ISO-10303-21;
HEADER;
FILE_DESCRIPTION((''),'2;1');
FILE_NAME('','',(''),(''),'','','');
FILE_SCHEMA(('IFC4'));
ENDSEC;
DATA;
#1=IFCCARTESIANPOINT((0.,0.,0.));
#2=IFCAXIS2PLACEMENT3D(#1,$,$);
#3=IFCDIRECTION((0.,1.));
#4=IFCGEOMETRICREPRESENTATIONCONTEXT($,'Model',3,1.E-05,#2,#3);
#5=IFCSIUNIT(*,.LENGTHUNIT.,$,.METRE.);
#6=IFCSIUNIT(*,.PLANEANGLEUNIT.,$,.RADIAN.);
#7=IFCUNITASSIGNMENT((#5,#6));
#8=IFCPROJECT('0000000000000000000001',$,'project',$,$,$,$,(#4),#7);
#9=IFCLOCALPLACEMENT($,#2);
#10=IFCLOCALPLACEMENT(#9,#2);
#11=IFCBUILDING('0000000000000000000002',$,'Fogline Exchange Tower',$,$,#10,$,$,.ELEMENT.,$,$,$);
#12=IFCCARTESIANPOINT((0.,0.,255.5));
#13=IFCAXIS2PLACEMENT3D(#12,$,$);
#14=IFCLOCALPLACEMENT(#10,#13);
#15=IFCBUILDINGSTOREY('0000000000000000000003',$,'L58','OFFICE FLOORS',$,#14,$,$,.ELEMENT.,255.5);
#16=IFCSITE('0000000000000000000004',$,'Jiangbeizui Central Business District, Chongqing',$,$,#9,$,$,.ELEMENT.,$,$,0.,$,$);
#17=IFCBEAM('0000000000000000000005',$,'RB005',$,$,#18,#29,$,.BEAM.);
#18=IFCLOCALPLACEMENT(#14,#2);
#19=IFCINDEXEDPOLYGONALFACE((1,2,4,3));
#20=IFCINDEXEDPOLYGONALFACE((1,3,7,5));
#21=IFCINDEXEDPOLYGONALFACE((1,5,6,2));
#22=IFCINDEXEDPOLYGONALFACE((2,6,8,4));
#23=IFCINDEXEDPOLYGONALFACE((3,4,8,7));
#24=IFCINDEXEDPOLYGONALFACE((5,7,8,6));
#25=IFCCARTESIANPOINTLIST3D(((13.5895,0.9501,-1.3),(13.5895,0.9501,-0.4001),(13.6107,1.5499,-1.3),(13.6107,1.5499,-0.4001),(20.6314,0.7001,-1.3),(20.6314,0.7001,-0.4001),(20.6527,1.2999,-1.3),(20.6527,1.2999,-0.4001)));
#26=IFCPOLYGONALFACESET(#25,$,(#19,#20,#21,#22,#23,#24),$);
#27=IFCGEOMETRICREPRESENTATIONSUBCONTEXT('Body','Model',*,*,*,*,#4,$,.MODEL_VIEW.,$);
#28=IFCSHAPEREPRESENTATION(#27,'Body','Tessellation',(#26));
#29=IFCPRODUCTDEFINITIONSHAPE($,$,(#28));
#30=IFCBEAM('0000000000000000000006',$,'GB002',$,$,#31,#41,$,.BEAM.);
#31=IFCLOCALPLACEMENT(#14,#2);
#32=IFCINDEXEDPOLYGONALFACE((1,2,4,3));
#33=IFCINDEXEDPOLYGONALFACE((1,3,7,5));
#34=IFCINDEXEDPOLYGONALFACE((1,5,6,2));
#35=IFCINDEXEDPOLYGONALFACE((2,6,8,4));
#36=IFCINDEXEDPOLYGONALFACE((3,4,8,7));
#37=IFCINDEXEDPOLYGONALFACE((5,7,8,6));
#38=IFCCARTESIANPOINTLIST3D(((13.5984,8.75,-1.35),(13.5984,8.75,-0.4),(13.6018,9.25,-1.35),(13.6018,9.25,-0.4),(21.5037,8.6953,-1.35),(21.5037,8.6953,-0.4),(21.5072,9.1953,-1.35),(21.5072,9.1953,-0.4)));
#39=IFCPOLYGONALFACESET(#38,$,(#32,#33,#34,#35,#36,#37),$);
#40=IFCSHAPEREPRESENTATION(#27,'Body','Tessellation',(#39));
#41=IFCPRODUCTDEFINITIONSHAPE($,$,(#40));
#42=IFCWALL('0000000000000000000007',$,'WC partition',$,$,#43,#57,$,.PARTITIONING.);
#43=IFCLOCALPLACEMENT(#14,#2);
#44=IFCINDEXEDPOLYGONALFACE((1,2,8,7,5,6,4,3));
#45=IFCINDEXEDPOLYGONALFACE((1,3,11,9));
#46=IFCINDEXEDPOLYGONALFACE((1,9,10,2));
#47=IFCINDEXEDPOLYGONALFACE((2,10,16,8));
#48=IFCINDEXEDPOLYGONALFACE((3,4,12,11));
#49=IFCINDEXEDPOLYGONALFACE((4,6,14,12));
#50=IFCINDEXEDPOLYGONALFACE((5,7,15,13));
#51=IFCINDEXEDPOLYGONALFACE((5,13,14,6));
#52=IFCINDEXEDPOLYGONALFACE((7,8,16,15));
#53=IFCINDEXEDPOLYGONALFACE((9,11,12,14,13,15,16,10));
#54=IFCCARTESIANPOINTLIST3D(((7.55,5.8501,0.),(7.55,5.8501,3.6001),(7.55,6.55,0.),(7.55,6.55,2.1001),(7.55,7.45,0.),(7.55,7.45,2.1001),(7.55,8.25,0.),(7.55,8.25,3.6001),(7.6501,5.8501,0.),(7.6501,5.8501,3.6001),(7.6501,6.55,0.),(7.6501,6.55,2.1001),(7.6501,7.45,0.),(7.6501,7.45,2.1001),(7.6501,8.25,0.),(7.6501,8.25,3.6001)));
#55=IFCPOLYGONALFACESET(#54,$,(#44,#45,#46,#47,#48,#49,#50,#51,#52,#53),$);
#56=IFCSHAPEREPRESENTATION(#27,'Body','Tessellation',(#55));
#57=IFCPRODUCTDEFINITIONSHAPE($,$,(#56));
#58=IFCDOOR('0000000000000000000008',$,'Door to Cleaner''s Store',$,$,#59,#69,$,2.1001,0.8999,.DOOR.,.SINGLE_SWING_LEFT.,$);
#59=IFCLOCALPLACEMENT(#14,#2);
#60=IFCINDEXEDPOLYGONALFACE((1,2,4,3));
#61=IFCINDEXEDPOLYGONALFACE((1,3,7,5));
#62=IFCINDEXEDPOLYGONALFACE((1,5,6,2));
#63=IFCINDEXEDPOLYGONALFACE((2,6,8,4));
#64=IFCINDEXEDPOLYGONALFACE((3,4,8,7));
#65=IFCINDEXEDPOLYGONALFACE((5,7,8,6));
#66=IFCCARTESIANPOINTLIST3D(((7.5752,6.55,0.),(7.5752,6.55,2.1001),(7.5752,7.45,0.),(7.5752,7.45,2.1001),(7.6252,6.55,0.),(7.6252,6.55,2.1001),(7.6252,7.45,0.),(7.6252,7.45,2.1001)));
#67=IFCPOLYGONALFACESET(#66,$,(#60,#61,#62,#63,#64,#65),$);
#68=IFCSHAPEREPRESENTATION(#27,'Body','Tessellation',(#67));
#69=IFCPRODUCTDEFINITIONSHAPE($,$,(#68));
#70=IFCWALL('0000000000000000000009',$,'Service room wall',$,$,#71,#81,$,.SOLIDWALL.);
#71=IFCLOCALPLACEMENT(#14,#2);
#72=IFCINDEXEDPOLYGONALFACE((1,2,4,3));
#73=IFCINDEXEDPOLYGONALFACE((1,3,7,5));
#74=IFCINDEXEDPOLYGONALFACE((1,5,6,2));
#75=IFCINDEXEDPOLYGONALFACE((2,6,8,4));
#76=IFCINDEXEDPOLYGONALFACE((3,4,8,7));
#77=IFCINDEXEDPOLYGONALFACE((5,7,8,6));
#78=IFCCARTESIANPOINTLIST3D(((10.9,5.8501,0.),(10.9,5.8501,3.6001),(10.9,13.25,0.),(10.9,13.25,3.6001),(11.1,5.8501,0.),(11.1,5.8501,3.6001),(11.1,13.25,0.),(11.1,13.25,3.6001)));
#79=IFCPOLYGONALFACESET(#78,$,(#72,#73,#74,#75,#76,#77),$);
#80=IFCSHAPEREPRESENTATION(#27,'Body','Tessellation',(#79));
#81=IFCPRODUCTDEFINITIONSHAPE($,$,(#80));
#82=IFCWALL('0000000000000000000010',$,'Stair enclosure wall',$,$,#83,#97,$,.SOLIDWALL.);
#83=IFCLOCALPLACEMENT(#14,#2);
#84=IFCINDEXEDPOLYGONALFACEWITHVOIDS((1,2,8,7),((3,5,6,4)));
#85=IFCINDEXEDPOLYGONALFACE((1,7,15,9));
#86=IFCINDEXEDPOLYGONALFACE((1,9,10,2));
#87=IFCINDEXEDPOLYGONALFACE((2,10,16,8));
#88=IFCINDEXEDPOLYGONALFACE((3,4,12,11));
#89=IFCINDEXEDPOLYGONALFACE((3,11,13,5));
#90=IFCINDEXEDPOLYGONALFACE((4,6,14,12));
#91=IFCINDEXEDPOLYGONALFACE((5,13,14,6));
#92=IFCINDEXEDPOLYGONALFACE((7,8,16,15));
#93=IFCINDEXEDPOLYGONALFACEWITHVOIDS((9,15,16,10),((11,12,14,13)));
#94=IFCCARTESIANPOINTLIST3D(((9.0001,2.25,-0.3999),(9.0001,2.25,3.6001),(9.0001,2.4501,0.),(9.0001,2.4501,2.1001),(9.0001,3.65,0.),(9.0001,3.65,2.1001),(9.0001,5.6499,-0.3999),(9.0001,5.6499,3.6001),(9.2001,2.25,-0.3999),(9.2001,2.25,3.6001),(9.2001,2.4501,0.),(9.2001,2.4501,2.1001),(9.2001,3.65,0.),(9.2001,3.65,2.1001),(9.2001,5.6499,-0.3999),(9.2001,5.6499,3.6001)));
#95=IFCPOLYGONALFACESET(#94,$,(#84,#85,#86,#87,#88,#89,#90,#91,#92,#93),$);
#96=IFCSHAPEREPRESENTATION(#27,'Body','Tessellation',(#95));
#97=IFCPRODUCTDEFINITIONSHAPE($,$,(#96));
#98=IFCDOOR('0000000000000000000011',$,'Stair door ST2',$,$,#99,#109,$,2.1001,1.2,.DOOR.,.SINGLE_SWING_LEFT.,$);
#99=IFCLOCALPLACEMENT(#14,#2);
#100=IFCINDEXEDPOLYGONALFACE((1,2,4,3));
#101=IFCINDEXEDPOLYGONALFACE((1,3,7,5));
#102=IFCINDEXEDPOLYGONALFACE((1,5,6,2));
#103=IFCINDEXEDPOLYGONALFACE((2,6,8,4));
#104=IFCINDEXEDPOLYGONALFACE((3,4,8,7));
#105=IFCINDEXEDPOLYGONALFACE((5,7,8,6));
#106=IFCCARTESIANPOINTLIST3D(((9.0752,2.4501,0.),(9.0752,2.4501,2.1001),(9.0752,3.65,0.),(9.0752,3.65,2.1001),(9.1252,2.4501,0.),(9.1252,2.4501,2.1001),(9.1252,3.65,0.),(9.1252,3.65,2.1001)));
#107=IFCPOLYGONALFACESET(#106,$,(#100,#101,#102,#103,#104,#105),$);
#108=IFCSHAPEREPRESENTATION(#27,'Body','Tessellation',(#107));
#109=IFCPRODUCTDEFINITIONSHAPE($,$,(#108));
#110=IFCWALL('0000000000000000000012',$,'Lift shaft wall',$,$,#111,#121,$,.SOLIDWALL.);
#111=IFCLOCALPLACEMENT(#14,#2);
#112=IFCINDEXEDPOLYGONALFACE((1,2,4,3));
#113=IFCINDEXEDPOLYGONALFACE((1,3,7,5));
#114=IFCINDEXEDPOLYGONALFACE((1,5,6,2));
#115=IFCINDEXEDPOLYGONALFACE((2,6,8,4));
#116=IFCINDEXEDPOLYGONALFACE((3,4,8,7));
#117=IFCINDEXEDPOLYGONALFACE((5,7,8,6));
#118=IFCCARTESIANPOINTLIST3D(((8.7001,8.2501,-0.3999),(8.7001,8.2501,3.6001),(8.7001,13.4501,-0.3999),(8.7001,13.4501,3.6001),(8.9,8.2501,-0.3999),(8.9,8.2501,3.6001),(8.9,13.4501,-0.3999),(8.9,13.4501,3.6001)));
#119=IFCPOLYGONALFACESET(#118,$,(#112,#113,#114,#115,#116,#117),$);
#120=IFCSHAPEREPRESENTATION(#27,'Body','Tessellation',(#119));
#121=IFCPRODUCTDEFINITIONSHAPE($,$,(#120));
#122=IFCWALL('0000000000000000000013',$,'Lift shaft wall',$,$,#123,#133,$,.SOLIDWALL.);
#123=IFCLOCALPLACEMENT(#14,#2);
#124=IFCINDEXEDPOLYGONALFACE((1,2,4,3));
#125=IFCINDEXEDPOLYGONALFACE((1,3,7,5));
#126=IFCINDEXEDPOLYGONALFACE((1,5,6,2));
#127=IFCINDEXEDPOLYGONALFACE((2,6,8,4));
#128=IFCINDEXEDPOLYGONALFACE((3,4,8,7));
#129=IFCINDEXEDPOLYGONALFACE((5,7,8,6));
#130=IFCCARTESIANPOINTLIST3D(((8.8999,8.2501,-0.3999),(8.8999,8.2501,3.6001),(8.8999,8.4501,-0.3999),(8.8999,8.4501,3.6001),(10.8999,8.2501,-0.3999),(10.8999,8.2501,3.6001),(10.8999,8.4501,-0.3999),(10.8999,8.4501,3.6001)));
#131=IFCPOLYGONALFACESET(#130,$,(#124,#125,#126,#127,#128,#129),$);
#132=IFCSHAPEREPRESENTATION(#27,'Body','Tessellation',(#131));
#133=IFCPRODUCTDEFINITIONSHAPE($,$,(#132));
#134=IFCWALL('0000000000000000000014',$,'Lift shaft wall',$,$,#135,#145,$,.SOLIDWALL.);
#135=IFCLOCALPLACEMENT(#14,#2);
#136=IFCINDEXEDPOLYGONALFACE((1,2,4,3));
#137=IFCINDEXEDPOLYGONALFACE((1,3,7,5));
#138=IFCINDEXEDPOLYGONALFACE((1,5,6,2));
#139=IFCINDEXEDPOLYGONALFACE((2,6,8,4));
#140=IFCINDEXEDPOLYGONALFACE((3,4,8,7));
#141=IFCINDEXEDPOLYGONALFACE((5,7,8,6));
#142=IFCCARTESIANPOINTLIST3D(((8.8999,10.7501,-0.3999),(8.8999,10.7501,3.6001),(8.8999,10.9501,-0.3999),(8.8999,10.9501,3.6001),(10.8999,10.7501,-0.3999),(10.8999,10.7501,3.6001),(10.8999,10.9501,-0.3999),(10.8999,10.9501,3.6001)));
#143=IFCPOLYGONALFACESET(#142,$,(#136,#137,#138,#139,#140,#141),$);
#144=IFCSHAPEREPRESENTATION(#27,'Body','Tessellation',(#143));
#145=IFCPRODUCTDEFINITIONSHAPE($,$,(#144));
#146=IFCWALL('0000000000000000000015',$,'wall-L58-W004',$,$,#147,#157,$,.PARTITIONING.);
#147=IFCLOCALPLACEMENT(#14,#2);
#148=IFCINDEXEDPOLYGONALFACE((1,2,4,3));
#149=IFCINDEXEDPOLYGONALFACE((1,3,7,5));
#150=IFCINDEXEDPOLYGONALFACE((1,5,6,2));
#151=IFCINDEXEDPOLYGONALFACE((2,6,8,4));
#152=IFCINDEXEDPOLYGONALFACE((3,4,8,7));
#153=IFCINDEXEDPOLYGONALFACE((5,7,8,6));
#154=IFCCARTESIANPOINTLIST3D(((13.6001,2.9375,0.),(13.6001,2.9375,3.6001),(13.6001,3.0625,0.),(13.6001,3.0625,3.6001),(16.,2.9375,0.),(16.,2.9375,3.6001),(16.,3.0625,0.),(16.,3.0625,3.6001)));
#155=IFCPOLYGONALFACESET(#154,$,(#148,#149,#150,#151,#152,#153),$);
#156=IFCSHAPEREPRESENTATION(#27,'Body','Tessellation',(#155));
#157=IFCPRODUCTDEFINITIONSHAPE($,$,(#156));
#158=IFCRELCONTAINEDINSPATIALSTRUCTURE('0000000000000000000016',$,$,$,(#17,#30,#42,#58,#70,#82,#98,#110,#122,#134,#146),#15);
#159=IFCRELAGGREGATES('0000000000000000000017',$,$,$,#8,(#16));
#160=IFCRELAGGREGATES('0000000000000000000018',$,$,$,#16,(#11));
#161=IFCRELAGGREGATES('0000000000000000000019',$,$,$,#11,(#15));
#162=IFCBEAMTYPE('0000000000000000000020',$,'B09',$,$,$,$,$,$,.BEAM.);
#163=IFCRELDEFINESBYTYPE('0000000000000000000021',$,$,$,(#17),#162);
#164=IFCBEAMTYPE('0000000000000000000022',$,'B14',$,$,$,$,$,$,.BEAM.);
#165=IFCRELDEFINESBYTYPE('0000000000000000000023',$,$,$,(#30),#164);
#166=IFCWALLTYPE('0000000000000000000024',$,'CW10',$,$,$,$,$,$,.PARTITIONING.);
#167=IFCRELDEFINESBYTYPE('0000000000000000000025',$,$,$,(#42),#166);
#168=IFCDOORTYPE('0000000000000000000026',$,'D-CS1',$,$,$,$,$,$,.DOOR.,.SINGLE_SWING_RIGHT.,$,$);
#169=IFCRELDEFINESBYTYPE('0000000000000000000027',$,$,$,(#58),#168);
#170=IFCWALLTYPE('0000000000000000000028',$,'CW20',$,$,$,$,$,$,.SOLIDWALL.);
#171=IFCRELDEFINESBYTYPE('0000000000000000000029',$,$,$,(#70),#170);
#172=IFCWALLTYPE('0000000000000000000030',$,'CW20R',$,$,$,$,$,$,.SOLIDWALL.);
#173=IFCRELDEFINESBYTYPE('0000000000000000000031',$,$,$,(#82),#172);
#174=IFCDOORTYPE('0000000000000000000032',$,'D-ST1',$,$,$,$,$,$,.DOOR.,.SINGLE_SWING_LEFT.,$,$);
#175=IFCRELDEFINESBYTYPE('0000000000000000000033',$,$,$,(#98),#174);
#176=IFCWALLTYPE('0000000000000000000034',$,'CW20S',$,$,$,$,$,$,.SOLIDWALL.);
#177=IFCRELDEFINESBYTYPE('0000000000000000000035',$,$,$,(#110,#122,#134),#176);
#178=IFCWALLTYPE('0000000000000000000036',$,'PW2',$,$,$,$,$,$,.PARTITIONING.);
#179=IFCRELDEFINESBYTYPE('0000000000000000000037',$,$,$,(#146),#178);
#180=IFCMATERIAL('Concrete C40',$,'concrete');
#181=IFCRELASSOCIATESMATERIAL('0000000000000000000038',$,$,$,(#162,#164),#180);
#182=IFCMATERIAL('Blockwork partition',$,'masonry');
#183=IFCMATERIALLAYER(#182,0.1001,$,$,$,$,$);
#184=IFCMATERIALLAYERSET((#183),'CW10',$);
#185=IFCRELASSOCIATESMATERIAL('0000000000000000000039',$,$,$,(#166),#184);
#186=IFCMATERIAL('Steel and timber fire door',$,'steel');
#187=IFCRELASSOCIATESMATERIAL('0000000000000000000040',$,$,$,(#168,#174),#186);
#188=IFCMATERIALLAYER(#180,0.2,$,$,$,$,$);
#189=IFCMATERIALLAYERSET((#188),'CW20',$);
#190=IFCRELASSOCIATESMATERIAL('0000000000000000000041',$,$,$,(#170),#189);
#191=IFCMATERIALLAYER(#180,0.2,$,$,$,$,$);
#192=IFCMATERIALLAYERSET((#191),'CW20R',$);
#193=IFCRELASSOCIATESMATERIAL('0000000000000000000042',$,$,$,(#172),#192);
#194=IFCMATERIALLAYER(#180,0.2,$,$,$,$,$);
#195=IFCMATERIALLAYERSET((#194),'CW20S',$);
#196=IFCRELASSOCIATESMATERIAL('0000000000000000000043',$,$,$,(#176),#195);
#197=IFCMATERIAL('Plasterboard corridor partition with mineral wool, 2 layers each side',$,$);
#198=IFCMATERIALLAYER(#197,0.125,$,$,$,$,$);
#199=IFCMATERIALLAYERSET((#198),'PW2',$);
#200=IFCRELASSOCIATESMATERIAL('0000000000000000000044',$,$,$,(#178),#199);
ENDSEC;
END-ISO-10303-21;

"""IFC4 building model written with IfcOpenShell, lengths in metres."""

from ifc_helpers import new_model, si_unit, direction, frame, frame_2d, origin, origin_2d, place, context, subcontext, project, spatial, rectangle, extrude, material, layer, layer_set, material_profile, profile_set, type_object, element, fill, save


model = new_model("IFC4")

# Units and contexts
model_context = context("Model", 3, precision=1e-05, world=origin(), true_north=direction((0.0, 1.0)))
body_context = subcontext(model_context, "Body", "Model", "MODEL_VIEW")
ifc_project = project(units=[si_unit("LENGTHUNIT", "METRE"), si_unit("PLANEANGLEUNIT", "RADIAN")], contexts=[model_context])

# Site, building, storey
site_placement = place(None, origin())
site = spatial("IfcSite", under=ifc_project, at=site_placement, Name="Jiangbeizui Central Business District, Chongqing", CompositionType="ELEMENT", RefElevation=0.0)
building_placement = place(site_placement, origin())
building = spatial("IfcBuilding", under=site, at=building_placement, Name="Fogline Exchange Tower", CompositionType="ELEMENT")
storey_placement = place(building_placement, frame((0.0, 0.0, 255.5)))
storey = spatial("IfcBuildingStorey", under=building, at=storey_placement, Name="L58", Description="OFFICE FLOORS", CompositionType="ELEMENT", Elevation=255.5)

# Beams
ifc_material_1 = material(Name="Concrete C40", Category="concrete")
ifc_material_profile_1 = material_profile(ifc_material_1, rectangle(XDim=0.6001, YDim=0.8999, at=origin_2d()), Name="RC 600x900")
ifc_profile_set_1 = profile_set([ifc_material_profile_1], Name="Concrete C40")
beam_type_1 = type_object("IfcBeamType", Name="B09", PredefinedType="BEAM", material=ifc_profile_set_1)
beam_1_placement = place(storey_placement, frame((13.6001, 1.25, -0.8501), z_axis=(0.99937, -0.035479, 0.0), x_axis=(0.035479, 0.99937, 0.0)))
element("IfcBeam", 1, at=beam_1_placement, inside=storey, type_object=beam_type_1, Name="RB005", PredefinedType="BEAM", context=body_context, shape_type="SweptSolid", body=[
    extrude(rectangle(XDim=0.6001, YDim=0.8999, at=origin_2d()), origin(), (0.0, 0.0, 1.0), 7.0464),
])
ifc_material_profile_2 = material_profile(ifc_material_1, rectangle(XDim=0.5, YDim=0.95, at=origin_2d()), Name="RC 500x950")
ifc_profile_set_2 = profile_set([ifc_material_profile_2], Name="Concrete C40")
beam_type_2 = type_object("IfcBeamType", Name="B14", PredefinedType="BEAM", material=ifc_profile_set_2)
beam_2_placement = place(storey_placement, frame((13.6001, 9.0, -0.875), z_axis=(0.999976, -0.006918, 0.0), x_axis=(0.006918, 0.999976, 0.0)))
element("IfcBeam", 2, at=beam_2_placement, inside=storey, type_object=beam_type_2, Name="GB002", PredefinedType="BEAM", context=body_context, shape_type="SweptSolid", body=[
    extrude(rectangle(XDim=0.5, YDim=0.95, at=origin_2d()), origin(), (0.0, 0.0, 1.0), 7.9055),
])

# Wall, opening, door
ifc_material_2 = material(Name="Blockwork partition", Category="masonry")
ifc_layer_1 = layer(ifc_material_2, 0.1001)
ifc_layer_set_1 = layer_set([ifc_layer_1], Name="CW10")
wall_type_1 = type_object("IfcWallType", Name="CW10", PredefinedType="PARTITIONING", material=ifc_layer_set_1)
wall_1_placement = place(storey_placement, frame((7.6001, 5.8501, 0.0), z_axis=(0.0, 0.0, 1.0), x_axis=(0.0, 1.0, 0.0)))
wall_1 = element("IfcWall", 3, at=wall_1_placement, inside=storey, type_object=wall_type_1, Name="WC partition", PredefinedType="PARTITIONING", context=body_context, shape_type="SweptSolid", body=[
    extrude(rectangle(XDim=2.3999, YDim=0.1001, at=frame_2d((1.2, 0.0))), origin(), (0.0, 0.0, 1.0), 3.6001),
])
opening_1_placement = place(wall_1_placement, frame((0.7, 0.0, 0.0)))
opening_1 = element("IfcOpeningElement", 4, at=opening_1_placement, cuts=wall_1, PredefinedType="OPENING", context=body_context, shape_type="SweptSolid", body=[
    extrude(rectangle(XDim=0.8999, YDim=2.1001, at=frame_2d((0.45, 1.05))), frame((0.0, 0.0601, 0.0), z_axis=(0.0, -1.0, 0.0), x_axis=(1.0, 0.0, 0.0)), (0.0, 0.0, 1.0), 0.1201),
])
ifc_material_3 = material(Name="Steel and timber fire door", Category="steel")
door_type_1 = type_object("IfcDoorType", Name="D-CS1", OperationType="SINGLE_SWING_RIGHT", PredefinedType="DOOR", material=ifc_material_3)
door_1_placement = place(opening_1_placement, origin())
door_1 = element("IfcDoor", 5, at=door_1_placement, inside=storey, type_object=door_type_1, Name="Door to Cleaner's Store", OperationType="SINGLE_SWING_LEFT", OverallHeight=2.1001, OverallWidth=0.8999, PredefinedType="DOOR", context=body_context, shape_type="SweptSolid", body=[
    extrude(rectangle(XDim=0.8999, YDim=2.1001, at=frame_2d((0.45, 1.05))), frame((0.0, 0.0249, 0.0), z_axis=(0.0, -1.0, 0.0), x_axis=(1.0, 0.0, 0.0)), (0.0, 0.0, 1.0), 0.05),
])
fill(opening_1, door_1)

# Wall
ifc_layer_2 = layer(ifc_material_1, 0.2)
ifc_layer_set_2 = layer_set([ifc_layer_2], Name="CW20")
wall_type_2 = type_object("IfcWallType", Name="CW20", PredefinedType="SOLIDWALL", material=ifc_layer_set_2)
wall_2_placement = place(storey_placement, frame((11.0, 5.8501, 0.0), z_axis=(0.0, 0.0, 1.0), x_axis=(0.0, 1.0, 0.0)))
element("IfcWall", 6, at=wall_2_placement, inside=storey, type_object=wall_type_2, Name="Service room wall", PredefinedType="SOLIDWALL", context=body_context, shape_type="SweptSolid", body=[
    extrude(rectangle(XDim=7.3999, YDim=0.2, at=frame_2d((3.7, 0.0))), origin(), (0.0, 0.0, 1.0), 3.6001),
])

# Wall, opening, door
ifc_layer_3 = layer(ifc_material_1, 0.2)
ifc_layer_set_3 = layer_set([ifc_layer_3], Name="CW20R")
wall_type_3 = type_object("IfcWallType", Name="CW20R", PredefinedType="SOLIDWALL", material=ifc_layer_set_3)
wall_3_placement = place(storey_placement, frame((9.1001, 2.25, -0.3999), z_axis=(0.0, 0.0, 1.0), x_axis=(0.0, 1.0, 0.0)))
wall_3 = element("IfcWall", 7, at=wall_3_placement, inside=storey, type_object=wall_type_3, Name="Stair enclosure wall", PredefinedType="SOLIDWALL", context=body_context, shape_type="SweptSolid", body=[
    extrude(rectangle(XDim=3.3999, YDim=0.2, at=frame_2d((1.7, 0.0))), origin(), (0.0, 0.0, 1.0), 4.0),
])
opening_2_placement = place(wall_3_placement, frame((0.2, 0.0, 0.3999)))
opening_2 = element("IfcOpeningElement", 8, at=opening_2_placement, cuts=wall_3, PredefinedType="OPENING", context=body_context, shape_type="SweptSolid", body=[
    extrude(rectangle(XDim=1.2, YDim=2.1001, at=frame_2d((0.6001, 1.05))), frame((0.0, 0.1099, 0.0), z_axis=(0.0, -1.0, 0.0), x_axis=(1.0, 0.0, 0.0)), (0.0, 0.0, 1.0), 0.22),
])
door_type_2 = type_object("IfcDoorType", Name="D-ST1", OperationType="SINGLE_SWING_LEFT", PredefinedType="DOOR", material=ifc_material_3)
door_2_placement = place(opening_2_placement, origin())
door_2 = element("IfcDoor", 9, at=door_2_placement, inside=storey, type_object=door_type_2, Name="Stair door ST2", OperationType="SINGLE_SWING_LEFT", OverallHeight=2.1001, OverallWidth=1.2, PredefinedType="DOOR", context=body_context, shape_type="SweptSolid", body=[
    extrude(rectangle(XDim=1.2, YDim=2.1001, at=frame_2d((0.6001, 1.05))), frame((0.0, 0.0249, 0.0), z_axis=(0.0, -1.0, 0.0), x_axis=(1.0, 0.0, 0.0)), (0.0, 0.0, 1.0), 0.05),
])
fill(opening_2, door_2)

# Walls
ifc_layer_4 = layer(ifc_material_1, 0.2)
ifc_layer_set_4 = layer_set([ifc_layer_4], Name="CW20S")
wall_type_4 = type_object("IfcWallType", Name="CW20S", PredefinedType="SOLIDWALL", material=ifc_layer_set_4)
wall_4_placement = place(storey_placement, frame((8.8, 8.25, -0.3999), z_axis=(0.0, 0.0, 1.0), x_axis=(0.0, 1.0, 0.0)))
element("IfcWall", 10, at=wall_4_placement, inside=storey, type_object=wall_type_4, Name="Lift shaft wall", PredefinedType="SOLIDWALL", context=body_context, shape_type="SweptSolid", body=[
    extrude(rectangle(XDim=5.2, YDim=0.2, at=frame_2d((2.6001, 0.0))), origin(), (0.0, 0.0, 1.0), 4.0),
])
for number, where, z_axis, x_axis, name in (
    (11, (8.8999, 8.3501, -0.3999), (0.0, 0.0, 1.0), (1.0, 0.0, 0.0), "Lift shaft wall"),
    (12, (8.8999, 10.8501, -0.3999), (0.0, 0.0, 1.0), (1.0, 0.0, 0.0), "Lift shaft wall"),
):
    element("IfcWall", number, at=place(storey_placement, frame(where, z_axis=z_axis, x_axis=x_axis)), inside=storey, type_object=wall_type_4, Name=name, PredefinedType="SOLIDWALL", context=body_context, shape_type="SweptSolid", body=[
        extrude(rectangle(XDim=2.0, YDim=0.2, at=frame_2d((1.0, 0.0))), origin(), (0.0, 0.0, 1.0), 4.0),
    ])
ifc_material_4 = material(Name="Plasterboard corridor partition with mineral wool, 2 layers each side")
ifc_layer_5 = layer(ifc_material_4, 0.125)
ifc_layer_set_5 = layer_set([ifc_layer_5], Name="PW2")
wall_type_5 = type_object("IfcWallType", Name="PW2", PredefinedType="PARTITIONING", material=ifc_layer_set_5)
wall_5_placement = place(storey_placement, frame((16.0, 3.0, 0.0), z_axis=(0.0, 0.0, 1.0), x_axis=(-1.0, 0.0, 0.0)))
element("IfcWall", 13, at=wall_5_placement, inside=storey, type_object=wall_type_5, Name="wall-L58-W004", PredefinedType="PARTITIONING", context=body_context, shape_type="SweptSolid", body=[
    extrude(rectangle(XDim=2.3999, YDim=0.125, at=frame_2d((1.2, 0.0))), origin(), (0.0, 0.0, 1.0), 3.6001),
])

save(model, "model.ifc")
